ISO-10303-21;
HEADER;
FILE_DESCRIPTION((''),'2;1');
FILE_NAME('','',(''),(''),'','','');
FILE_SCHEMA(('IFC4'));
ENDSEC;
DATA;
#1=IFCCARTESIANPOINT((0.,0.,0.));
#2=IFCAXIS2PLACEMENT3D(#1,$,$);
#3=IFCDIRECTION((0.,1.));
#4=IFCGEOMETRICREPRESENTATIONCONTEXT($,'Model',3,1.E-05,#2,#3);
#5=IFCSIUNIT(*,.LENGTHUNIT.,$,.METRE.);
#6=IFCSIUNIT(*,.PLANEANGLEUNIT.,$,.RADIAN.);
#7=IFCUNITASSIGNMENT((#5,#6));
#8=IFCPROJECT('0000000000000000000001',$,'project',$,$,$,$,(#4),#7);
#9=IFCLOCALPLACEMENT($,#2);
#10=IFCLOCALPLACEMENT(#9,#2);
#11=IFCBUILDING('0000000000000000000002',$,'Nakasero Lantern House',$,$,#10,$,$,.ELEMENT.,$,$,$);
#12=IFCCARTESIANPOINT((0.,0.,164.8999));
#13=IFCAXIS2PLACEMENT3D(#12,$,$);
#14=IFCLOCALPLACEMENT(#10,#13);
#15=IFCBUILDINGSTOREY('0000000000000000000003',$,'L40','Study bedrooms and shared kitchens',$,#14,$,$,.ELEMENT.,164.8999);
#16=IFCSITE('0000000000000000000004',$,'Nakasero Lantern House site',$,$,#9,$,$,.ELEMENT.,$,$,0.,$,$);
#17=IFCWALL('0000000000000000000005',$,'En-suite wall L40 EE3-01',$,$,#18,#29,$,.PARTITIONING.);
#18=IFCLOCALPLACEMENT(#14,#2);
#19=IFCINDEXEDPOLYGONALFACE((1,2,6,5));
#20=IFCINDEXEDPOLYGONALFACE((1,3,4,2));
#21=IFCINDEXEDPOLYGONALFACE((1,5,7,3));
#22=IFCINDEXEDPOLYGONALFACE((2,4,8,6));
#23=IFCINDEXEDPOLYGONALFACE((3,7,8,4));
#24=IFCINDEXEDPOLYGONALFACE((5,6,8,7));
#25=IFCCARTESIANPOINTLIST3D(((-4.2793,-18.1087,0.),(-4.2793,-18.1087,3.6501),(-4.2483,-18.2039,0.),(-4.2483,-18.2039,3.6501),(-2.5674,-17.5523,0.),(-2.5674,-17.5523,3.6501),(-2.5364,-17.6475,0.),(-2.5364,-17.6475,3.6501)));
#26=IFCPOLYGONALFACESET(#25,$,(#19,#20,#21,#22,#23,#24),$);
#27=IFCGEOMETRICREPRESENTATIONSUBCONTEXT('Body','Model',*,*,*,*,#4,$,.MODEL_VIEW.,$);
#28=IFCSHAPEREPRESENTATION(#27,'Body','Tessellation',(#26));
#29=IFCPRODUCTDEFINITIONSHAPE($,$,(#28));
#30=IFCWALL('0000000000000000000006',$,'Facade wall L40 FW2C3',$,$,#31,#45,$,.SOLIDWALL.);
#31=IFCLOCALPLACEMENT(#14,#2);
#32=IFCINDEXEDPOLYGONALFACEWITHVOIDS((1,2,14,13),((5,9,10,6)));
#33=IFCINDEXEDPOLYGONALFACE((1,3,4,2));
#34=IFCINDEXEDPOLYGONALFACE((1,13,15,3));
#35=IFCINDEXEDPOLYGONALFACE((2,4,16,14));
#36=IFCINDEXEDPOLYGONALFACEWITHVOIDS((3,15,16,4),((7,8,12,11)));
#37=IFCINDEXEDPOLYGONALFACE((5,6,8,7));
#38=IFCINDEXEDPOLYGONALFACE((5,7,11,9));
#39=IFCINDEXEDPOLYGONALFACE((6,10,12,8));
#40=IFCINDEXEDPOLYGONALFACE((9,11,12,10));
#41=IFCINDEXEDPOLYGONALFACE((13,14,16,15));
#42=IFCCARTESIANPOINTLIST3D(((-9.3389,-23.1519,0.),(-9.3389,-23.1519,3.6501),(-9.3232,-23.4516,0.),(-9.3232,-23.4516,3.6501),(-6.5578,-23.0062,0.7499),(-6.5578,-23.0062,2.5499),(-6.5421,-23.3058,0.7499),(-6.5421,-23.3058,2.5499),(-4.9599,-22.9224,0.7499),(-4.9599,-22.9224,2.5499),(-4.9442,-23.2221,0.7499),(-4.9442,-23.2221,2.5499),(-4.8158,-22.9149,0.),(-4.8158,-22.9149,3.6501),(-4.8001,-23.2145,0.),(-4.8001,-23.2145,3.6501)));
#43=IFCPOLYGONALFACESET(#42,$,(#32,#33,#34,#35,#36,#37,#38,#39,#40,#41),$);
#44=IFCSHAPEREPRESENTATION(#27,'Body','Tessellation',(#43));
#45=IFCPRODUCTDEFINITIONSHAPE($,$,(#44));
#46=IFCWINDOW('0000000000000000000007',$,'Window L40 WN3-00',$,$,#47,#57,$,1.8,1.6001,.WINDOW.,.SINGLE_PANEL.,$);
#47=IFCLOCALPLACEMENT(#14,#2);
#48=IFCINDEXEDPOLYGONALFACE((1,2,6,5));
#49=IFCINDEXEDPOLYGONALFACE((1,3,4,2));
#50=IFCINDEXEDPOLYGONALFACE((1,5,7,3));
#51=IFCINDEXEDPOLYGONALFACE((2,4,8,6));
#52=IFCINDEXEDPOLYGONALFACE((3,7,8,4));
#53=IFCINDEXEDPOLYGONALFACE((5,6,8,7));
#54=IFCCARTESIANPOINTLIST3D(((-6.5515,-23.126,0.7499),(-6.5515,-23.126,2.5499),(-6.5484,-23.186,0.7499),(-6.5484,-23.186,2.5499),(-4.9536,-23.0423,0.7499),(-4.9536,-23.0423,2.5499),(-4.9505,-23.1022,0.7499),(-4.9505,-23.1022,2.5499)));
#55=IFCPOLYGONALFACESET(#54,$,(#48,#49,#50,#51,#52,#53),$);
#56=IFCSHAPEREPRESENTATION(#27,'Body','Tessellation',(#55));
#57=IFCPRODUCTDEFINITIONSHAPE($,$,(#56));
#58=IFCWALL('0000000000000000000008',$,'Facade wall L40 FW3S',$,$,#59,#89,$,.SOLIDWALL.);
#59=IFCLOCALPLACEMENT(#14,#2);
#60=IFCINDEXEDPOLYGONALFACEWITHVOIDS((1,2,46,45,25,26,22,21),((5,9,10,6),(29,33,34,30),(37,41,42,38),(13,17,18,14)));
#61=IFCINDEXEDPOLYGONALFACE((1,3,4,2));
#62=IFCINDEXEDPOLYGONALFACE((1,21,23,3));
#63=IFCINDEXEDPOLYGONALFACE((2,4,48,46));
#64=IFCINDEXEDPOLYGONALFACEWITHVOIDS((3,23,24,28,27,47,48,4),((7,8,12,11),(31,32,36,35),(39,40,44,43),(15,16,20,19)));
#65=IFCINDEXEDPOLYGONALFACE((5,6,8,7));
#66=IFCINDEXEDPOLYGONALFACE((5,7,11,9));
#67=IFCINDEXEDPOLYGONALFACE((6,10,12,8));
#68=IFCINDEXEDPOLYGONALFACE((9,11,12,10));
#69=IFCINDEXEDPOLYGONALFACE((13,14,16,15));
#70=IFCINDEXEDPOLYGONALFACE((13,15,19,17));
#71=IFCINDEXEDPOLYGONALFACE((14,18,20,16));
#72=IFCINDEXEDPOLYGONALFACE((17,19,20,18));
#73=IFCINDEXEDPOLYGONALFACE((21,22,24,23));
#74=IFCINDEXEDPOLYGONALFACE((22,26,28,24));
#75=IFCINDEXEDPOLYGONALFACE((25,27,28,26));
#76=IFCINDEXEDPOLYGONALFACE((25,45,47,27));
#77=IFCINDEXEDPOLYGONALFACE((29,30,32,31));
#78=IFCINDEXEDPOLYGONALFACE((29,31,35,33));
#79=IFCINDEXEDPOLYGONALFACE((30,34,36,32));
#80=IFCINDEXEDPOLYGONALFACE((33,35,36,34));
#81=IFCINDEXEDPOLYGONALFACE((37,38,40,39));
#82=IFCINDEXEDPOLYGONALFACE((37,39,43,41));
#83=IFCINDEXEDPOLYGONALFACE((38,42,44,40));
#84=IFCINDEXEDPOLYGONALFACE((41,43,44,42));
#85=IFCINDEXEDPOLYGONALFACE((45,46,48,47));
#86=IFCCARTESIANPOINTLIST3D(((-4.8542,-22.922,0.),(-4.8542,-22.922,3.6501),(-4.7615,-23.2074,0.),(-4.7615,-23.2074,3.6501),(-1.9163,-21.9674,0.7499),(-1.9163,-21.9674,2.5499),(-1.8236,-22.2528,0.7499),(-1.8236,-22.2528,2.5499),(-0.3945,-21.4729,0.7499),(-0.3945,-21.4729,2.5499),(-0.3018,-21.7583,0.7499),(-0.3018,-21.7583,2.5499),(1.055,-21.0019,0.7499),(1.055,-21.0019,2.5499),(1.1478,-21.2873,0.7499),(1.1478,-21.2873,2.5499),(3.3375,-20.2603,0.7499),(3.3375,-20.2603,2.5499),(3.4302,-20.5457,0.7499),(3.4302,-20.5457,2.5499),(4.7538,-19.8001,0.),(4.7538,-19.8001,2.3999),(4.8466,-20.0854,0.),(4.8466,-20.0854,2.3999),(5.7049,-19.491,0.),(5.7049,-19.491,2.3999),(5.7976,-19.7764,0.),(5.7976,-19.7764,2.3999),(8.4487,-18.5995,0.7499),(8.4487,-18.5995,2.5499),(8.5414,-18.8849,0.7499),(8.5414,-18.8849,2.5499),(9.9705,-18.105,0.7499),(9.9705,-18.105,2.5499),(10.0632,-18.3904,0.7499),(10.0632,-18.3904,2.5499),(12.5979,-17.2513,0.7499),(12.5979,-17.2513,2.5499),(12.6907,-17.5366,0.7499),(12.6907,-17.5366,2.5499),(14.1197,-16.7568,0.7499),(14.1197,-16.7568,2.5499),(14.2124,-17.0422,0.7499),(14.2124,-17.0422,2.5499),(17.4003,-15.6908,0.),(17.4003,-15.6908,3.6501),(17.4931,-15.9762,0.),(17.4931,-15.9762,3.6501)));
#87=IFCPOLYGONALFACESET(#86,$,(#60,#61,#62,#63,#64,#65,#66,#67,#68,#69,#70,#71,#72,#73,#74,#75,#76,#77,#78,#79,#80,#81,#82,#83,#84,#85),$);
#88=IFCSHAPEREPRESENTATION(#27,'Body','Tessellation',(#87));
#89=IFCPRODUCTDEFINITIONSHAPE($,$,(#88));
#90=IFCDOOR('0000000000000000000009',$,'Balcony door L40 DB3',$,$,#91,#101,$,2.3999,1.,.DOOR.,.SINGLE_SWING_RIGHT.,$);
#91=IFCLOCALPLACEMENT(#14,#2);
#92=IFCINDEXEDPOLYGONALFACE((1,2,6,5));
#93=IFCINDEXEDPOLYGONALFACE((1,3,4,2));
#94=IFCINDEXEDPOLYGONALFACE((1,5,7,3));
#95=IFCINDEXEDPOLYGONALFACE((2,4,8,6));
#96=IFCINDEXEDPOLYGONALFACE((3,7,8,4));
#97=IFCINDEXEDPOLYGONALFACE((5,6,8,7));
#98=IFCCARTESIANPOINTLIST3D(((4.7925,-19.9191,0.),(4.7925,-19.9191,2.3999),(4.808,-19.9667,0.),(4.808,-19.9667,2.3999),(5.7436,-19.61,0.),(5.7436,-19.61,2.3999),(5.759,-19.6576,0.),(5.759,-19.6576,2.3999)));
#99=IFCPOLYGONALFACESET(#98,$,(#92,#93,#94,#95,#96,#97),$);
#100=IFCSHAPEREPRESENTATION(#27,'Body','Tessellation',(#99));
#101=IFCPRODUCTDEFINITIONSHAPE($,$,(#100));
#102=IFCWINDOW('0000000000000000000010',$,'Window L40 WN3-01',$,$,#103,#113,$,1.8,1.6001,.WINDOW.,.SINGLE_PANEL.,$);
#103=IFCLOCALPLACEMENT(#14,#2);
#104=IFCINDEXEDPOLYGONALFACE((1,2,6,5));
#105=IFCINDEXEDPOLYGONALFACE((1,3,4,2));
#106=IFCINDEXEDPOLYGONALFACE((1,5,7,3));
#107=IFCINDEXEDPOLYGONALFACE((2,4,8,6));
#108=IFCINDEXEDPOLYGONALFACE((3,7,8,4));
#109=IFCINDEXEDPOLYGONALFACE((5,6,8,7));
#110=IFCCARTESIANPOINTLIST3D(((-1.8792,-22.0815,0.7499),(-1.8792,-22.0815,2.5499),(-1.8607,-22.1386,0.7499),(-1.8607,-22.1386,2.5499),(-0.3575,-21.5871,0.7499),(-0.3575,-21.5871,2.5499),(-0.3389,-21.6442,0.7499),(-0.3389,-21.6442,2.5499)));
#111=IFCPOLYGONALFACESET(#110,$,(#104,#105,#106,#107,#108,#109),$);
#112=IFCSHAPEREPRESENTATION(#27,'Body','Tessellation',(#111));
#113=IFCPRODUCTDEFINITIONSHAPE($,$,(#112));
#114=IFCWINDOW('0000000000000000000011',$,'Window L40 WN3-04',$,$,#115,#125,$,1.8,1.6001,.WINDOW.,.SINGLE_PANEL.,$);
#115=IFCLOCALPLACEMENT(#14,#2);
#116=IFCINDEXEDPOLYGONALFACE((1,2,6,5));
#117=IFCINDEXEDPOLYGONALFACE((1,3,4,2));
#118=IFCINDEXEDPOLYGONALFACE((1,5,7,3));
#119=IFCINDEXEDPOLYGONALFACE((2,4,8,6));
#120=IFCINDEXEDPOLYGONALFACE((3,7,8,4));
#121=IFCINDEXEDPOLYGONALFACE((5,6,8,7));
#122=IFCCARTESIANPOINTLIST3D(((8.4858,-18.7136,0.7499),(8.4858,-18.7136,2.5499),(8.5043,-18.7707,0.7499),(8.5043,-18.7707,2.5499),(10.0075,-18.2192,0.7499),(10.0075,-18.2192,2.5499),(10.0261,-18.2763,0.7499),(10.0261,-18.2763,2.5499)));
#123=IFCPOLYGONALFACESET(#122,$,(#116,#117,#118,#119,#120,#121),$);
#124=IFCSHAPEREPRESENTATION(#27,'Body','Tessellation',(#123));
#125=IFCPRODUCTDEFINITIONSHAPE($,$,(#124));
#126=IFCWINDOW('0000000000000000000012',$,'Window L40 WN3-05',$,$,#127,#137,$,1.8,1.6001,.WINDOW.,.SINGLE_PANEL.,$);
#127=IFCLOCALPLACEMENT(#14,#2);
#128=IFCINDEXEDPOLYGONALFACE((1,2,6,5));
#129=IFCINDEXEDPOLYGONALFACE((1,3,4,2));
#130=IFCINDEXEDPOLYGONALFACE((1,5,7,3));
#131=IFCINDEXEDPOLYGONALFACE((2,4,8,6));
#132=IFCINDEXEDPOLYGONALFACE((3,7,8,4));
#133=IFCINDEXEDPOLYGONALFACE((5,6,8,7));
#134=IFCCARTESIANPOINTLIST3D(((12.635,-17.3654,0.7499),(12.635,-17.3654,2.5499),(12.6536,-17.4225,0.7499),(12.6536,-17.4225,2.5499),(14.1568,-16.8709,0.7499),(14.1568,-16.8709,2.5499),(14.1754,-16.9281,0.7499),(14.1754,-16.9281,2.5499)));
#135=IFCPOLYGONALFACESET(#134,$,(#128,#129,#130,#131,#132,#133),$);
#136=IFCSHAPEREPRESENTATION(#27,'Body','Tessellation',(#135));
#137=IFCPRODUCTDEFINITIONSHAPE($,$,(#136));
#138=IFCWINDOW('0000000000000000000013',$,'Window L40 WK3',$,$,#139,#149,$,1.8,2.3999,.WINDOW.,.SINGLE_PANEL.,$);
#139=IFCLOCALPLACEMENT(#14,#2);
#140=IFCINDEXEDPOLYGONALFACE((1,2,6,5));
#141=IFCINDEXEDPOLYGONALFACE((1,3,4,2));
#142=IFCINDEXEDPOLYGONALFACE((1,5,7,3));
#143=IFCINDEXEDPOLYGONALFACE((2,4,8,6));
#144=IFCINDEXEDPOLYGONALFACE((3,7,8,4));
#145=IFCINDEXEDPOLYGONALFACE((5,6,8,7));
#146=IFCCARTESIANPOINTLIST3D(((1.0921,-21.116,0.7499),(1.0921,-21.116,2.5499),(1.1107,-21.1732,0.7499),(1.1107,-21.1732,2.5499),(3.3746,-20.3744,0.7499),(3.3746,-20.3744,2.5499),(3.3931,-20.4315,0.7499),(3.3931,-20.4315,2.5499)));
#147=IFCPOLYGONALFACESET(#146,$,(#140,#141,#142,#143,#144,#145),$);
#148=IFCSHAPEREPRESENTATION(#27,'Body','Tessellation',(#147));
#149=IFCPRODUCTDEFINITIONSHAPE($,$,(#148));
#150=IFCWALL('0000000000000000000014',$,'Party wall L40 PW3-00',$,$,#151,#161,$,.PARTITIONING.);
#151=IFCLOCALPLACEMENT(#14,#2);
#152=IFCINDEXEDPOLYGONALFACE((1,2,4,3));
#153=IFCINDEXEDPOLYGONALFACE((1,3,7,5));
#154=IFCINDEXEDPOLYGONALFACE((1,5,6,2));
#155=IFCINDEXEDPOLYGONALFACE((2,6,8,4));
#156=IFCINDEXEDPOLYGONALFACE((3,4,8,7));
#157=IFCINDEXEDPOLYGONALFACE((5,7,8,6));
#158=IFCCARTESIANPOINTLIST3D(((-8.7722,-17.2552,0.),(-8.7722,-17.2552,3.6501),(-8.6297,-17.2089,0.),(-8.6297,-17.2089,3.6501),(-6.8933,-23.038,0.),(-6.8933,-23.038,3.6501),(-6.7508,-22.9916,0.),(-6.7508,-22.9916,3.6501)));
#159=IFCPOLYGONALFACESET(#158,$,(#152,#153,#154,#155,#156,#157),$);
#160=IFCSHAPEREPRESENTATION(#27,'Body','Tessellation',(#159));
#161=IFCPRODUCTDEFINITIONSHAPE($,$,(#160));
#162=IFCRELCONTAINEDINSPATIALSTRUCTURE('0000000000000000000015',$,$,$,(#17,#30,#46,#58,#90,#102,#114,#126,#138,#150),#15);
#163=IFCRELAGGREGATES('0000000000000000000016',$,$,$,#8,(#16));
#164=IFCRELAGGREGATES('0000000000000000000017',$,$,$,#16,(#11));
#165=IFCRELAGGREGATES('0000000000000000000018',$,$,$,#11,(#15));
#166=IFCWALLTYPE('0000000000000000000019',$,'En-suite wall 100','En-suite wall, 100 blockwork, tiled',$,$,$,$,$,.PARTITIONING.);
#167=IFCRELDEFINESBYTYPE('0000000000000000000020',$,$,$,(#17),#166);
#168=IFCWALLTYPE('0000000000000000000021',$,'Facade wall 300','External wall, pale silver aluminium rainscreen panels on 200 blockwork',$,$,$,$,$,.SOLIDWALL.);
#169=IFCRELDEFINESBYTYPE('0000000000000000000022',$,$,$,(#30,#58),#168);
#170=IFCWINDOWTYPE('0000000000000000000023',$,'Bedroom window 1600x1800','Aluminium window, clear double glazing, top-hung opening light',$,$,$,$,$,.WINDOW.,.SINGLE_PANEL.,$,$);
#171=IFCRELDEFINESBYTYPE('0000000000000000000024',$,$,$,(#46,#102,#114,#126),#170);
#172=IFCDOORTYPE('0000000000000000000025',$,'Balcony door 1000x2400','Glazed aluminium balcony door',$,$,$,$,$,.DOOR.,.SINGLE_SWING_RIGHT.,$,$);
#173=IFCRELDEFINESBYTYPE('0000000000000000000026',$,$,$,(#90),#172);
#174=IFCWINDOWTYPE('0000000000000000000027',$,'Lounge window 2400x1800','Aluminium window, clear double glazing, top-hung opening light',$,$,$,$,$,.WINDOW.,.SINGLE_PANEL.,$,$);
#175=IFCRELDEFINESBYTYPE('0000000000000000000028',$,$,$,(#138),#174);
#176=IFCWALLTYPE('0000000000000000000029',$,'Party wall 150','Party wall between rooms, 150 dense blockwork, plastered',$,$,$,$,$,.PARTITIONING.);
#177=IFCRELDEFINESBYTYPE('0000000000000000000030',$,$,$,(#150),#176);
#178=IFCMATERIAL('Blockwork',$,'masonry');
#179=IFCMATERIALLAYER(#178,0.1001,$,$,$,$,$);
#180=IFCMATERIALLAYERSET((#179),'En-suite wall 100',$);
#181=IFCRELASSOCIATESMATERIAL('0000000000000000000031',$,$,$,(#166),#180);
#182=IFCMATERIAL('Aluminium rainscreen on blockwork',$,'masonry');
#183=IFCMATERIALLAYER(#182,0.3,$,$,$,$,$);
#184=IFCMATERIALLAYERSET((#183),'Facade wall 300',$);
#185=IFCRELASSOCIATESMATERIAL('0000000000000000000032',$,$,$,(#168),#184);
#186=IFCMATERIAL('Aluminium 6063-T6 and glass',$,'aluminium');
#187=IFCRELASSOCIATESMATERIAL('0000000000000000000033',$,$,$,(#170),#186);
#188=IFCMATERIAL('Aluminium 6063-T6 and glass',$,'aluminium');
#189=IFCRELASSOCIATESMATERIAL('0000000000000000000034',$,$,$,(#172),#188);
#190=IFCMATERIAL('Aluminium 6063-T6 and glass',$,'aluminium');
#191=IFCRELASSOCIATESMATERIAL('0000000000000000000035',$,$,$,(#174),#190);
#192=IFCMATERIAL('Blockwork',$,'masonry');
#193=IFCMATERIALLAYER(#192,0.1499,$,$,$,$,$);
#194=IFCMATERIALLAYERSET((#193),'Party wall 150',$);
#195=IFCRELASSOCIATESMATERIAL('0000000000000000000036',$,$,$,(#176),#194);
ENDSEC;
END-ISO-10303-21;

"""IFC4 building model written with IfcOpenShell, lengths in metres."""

from ifc_helpers import new_model, si_unit, direction, frame, frame_2d, origin, place, context, subcontext, project, spatial, rectangle, extrude, material, layer, layer_set, type_object, element, fill, save


model = new_model("IFC4")

# Units and contexts
model_context = context("Model", 3, precision=1e-05, world=origin(), true_north=direction((0.0, 1.0)))
body_context = subcontext(model_context, "Body", "Model", "MODEL_VIEW")
ifc_project = project(units=[si_unit("LENGTHUNIT", "METRE"), si_unit("PLANEANGLEUNIT", "RADIAN")], contexts=[model_context])

# Site, building, storey
site_placement = place(None, origin())
site = spatial("IfcSite", under=ifc_project, at=site_placement, Name="Nakasero Lantern House site", CompositionType="ELEMENT", RefElevation=0.0)
building_placement = place(site_placement, origin())
building = spatial("IfcBuilding", under=site, at=building_placement, Name="Nakasero Lantern House", CompositionType="ELEMENT")
storey_placement = place(building_placement, frame((0.0, 0.0, 164.8999)))
storey = spatial("IfcBuildingStorey", under=building, at=storey_placement, Name="L40", Description="Study bedrooms and shared kitchens", CompositionType="ELEMENT", Elevation=164.8999)

# Wall
ifc_material_1 = material(Name="Blockwork", Category="masonry")
ifc_layer_1 = layer(ifc_material_1, 0.1001)
ifc_layer_set_1 = layer_set([ifc_layer_1], Name="En-suite wall 100")
wall_type_1 = type_object("IfcWallType", Name="En-suite wall 100", Description="En-suite wall, 100 blockwork, tiled", PredefinedType="PARTITIONING", material=ifc_layer_set_1)
wall_1_placement = place(storey_placement, frame((-4.2637, -18.1562, 0.0), z_axis=(0.0, 0.0, 1.0), x_axis=(0.95103, 0.309098, 0.0)))
element("IfcWall", 1, at=wall_1_placement, inside=storey, type_object=wall_type_1, Name="En-suite wall L40 EE3-01", PredefinedType="PARTITIONING", context=body_context, shape_type="SweptSolid", body=[
    extrude(rectangle(XDim=1.8, YDim=0.1001, at=frame_2d((0.8999, 0.0))), origin(), (0.0, 0.0, 1.0), 3.6501),
])

# Wall, opening, window
ifc_material_2 = material(Name="Aluminium rainscreen on blockwork", Category="masonry")
ifc_layer_2 = layer(ifc_material_2, 0.3)
ifc_layer_set_2 = layer_set([ifc_layer_2], Name="Facade wall 300")
wall_type_2 = type_object("IfcWallType", Name="Facade wall 300", Description="External wall, pale silver aluminium rainscreen panels on 200 blockwork", PredefinedType="SOLIDWALL", material=ifc_layer_set_2)
wall_2_placement = place(storey_placement, frame((-9.3311, -23.3018, 0.0), z_axis=(0.0, 0.0, 1.0), x_axis=(0.998629, 0.052338, 0.0)))
wall_2 = element("IfcWall", 2, at=wall_2_placement, inside=storey, type_object=wall_type_2, Name="Facade wall L40 FW2C3", PredefinedType="SOLIDWALL", context=body_context, shape_type="SweptSolid", body=[
    extrude(rectangle(XDim=4.5293, YDim=0.3, at=frame_2d((2.2646, 0.0))), origin(), (0.0, 0.0, 1.0), 3.6501),
])
opening_1_placement = place(wall_2_placement, frame((2.7849, 0.0, 0.75)))
opening_1 = element("IfcOpeningElement", 3, at=opening_1_placement, cuts=wall_2, PredefinedType="OPENING", context=body_context, shape_type="SweptSolid", body=[
    extrude(rectangle(XDim=1.6001, YDim=1.8, at=frame_2d((0.8, 0.8999))), frame((0.0, 0.1699, 0.0), z_axis=(0.0, -1.0, 0.0), x_axis=(1.0, 0.0, 0.0)), (0.0, 0.0, 1.0), 0.3401),
])
ifc_material_3 = material(Name="Aluminium 6063-T6 and glass", Category="aluminium")
window_type_1 = type_object("IfcWindowType", Name="Bedroom window 1600x1800", Description="Aluminium window, clear double glazing, top-hung opening light", PartitioningType="SINGLE_PANEL", PredefinedType="WINDOW", material=ifc_material_3)
window_1_placement = place(opening_1_placement, origin())
window_1 = element("IfcWindow", 4, at=window_1_placement, inside=storey, type_object=window_type_1, Name="Window L40 WN3-00", OverallHeight=1.8, OverallWidth=1.6001, PartitioningType="SINGLE_PANEL", PredefinedType="WINDOW", context=body_context, shape_type="SweptSolid", body=[
    extrude(rectangle(XDim=1.6001, YDim=1.8, at=frame_2d((0.8, 0.8999))), frame((0.0, 0.03, 0.0), z_axis=(0.0, -1.0, 0.0), x_axis=(1.0, 0.0, 0.0)), (0.0, 0.0, 1.0), 0.0601),
])
fill(opening_1, window_1)

# Wall, openings, door, windows
wall_3_placement = place(storey_placement, frame((-4.8079, -23.0647, 0.0), z_axis=(0.0, 0.0, 1.0), x_axis=(0.951054, 0.309026, 0.0)))
wall_3 = element("IfcWall", 5, at=wall_3_placement, inside=storey, type_object=wall_type_2, Name="Facade wall L40 FW3S", PredefinedType="SOLIDWALL", context=body_context, shape_type="SweptSolid", body=[
    extrude(rectangle(XDim=23.3999, YDim=0.3, at=frame_2d((11.7, 0.0))), origin(), (0.0, 0.0, 1.0), 3.6501),
])
opening_2_placement = place(wall_3_placement, frame((3.0891, 0.0, 0.75)))
opening_2 = element("IfcOpeningElement", 6, at=opening_2_placement, cuts=wall_3, PredefinedType="OPENING", context=body_context, shape_type="SweptSolid", body=[
    extrude(rectangle(XDim=1.6001, YDim=1.8, at=frame_2d((0.8, 0.8999))), frame((0.0, 0.1699, 0.0), z_axis=(0.0, -1.0, 0.0), x_axis=(1.0, 0.0, 0.0)), (0.0, 0.0, 1.0), 0.3401),
])
opening_3_placement = place(wall_3_placement, frame((13.9875, 0.0, 0.75)))
opening_3 = element("IfcOpeningElement", 7, at=opening_3_placement, cuts=wall_3, PredefinedType="OPENING", context=body_context, shape_type="SweptSolid", body=[
    extrude(rectangle(XDim=1.6001, YDim=1.8, at=frame_2d((0.8, 0.8999))), frame((0.0, 0.1699, 0.0), z_axis=(0.0, -1.0, 0.0), x_axis=(1.0, 0.0, 0.0)), (0.0, 0.0, 1.0), 0.3401),
])
opening_4_placement = place(wall_3_placement, frame((18.3503, 0.0, 0.75)))
opening_4 = element("IfcOpeningElement", 8, at=opening_4_placement, cuts=wall_3, PredefinedType="OPENING", context=body_context, shape_type="SweptSolid", body=[
    extrude(rectangle(XDim=1.6001, YDim=1.8, at=frame_2d((0.8, 0.8999))), frame((0.0, 0.1699, 0.0), z_axis=(0.0, -1.0, 0.0), x_axis=(1.0, 0.0, 0.0)), (0.0, 0.0, 1.0), 0.3401),
])
opening_5_placement = place(wall_3_placement, frame((6.2134, 0.0, 0.75)))
opening_5 = element("IfcOpeningElement", 9, at=opening_5_placement, cuts=wall_3, PredefinedType="OPENING", context=body_context, shape_type="SweptSolid", body=[
    extrude(rectangle(XDim=2.3999, YDim=1.8, at=frame_2d((1.2, 0.8999))), frame((0.0, 0.1699, 0.0), z_axis=(0.0, -1.0, 0.0), x_axis=(1.0, 0.0, 0.0)), (0.0, 0.0, 1.0), 0.3401),
])
opening_6_placement = place(wall_3_placement, frame((10.1025, 0.0, 0.0)))
opening_6 = element("IfcOpeningElement", 10, at=opening_6_placement, cuts=wall_3, PredefinedType="OPENING", context=body_context, shape_type="SweptSolid", body=[
    extrude(rectangle(XDim=1.0, YDim=2.3999, at=frame_2d((0.5, 1.2))), frame((0.0, 0.1699, 0.0), z_axis=(0.0, -1.0, 0.0), x_axis=(1.0, 0.0, 0.0)), (0.0, 0.0, 1.0), 0.3401),
])
ifc_material_4 = material(Name="Aluminium 6063-T6 and glass", Category="aluminium")
door_type_1 = type_object("IfcDoorType", Name="Balcony door 1000x2400", Description="Glazed aluminium balcony door", OperationType="SINGLE_SWING_RIGHT", PredefinedType="DOOR", material=ifc_material_4)
door_1_placement = place(opening_6_placement, origin())
door_1 = element("IfcDoor", 11, at=door_1_placement, inside=storey, type_object=door_type_1, Name="Balcony door L40 DB3", OperationType="SINGLE_SWING_RIGHT", OverallHeight=2.3999, OverallWidth=1.0, PredefinedType="DOOR", context=body_context, shape_type="SweptSolid", body=[
    extrude(rectangle(XDim=1.0, YDim=2.3999, at=frame_2d((0.5, 1.2))), frame((0.0, 0.0249, 0.0), z_axis=(0.0, -1.0, 0.0), x_axis=(1.0, 0.0, 0.0)), (0.0, 0.0, 1.0), 0.05),
])
fill(opening_6, door_1)
window_2_placement = place(opening_2_placement, origin())
window_2 = element("IfcWindow", 12, at=window_2_placement, inside=storey, type_object=window_type_1, Name="Window L40 WN3-01", OverallHeight=1.8, OverallWidth=1.6001, PartitioningType="SINGLE_PANEL", PredefinedType="WINDOW", context=body_context, shape_type="SweptSolid", body=[
    extrude(rectangle(XDim=1.6001, YDim=1.8, at=frame_2d((0.8, 0.8999))), frame((0.0, 0.03, 0.0), z_axis=(0.0, -1.0, 0.0), x_axis=(1.0, 0.0, 0.0)), (0.0, 0.0, 1.0), 0.0601),
])
fill(opening_2, window_2)
window_3_placement = place(opening_3_placement, origin())
window_3 = element("IfcWindow", 13, at=window_3_placement, inside=storey, type_object=window_type_1, Name="Window L40 WN3-04", OverallHeight=1.8, OverallWidth=1.6001, PartitioningType="SINGLE_PANEL", PredefinedType="WINDOW", context=body_context, shape_type="SweptSolid", body=[
    extrude(rectangle(XDim=1.6001, YDim=1.8, at=frame_2d((0.8, 0.8999))), frame((0.0, 0.03, 0.0), z_axis=(0.0, -1.0, 0.0), x_axis=(1.0, 0.0, 0.0)), (0.0, 0.0, 1.0), 0.0601),
])
fill(opening_3, window_3)
window_4_placement = place(opening_4_placement, origin())
window_4 = element("IfcWindow", 14, at=window_4_placement, inside=storey, type_object=window_type_1, Name="Window L40 WN3-05", OverallHeight=1.8, OverallWidth=1.6001, PartitioningType="SINGLE_PANEL", PredefinedType="WINDOW", context=body_context, shape_type="SweptSolid", body=[
    extrude(rectangle(XDim=1.6001, YDim=1.8, at=frame_2d((0.8, 0.8999))), frame((0.0, 0.03, 0.0), z_axis=(0.0, -1.0, 0.0), x_axis=(1.0, 0.0, 0.0)), (0.0, 0.0, 1.0), 0.0601),
])
fill(opening_4, window_4)
ifc_material_5 = material(Name="Aluminium 6063-T6 and glass", Category="aluminium")
window_type_2 = type_object("IfcWindowType", Name="Lounge window 2400x1800", Description="Aluminium window, clear double glazing, top-hung opening light", PartitioningType="SINGLE_PANEL", PredefinedType="WINDOW", material=ifc_material_5)
window_5_placement = place(opening_5_placement, origin())
window_5 = element("IfcWindow", 15, at=window_5_placement, inside=storey, type_object=window_type_2, Name="Window L40 WK3", OverallHeight=1.8, OverallWidth=2.3999, PartitioningType="SINGLE_PANEL", PredefinedType="WINDOW", context=body_context, shape_type="SweptSolid", body=[
    extrude(rectangle(XDim=2.3999, YDim=1.8, at=frame_2d((1.2, 0.8999))), frame((0.0, 0.03, 0.0), z_axis=(0.0, -1.0, 0.0), x_axis=(1.0, 0.0, 0.0)), (0.0, 0.0, 1.0), 0.0601),
])
fill(opening_5, window_5)

# Wall
ifc_material_6 = material(Name="Blockwork", Category="masonry")
ifc_layer_3 = layer(ifc_material_6, 0.1499)
ifc_layer_set_3 = layer_set([ifc_layer_3], Name="Party wall 150")
wall_type_3 = type_object("IfcWallType", Name="Party wall 150", Description="Party wall between rooms, 150 dense blockwork, plastered", PredefinedType="PARTITIONING", material=ifc_layer_set_3)
wall_4_placement = place(storey_placement, frame((-8.7009, -17.2322, 0.0), z_axis=(0.0, 0.0, 1.0), x_axis=(0.309015, -0.951057, 0.0)))
element("IfcWall", 16, at=wall_4_placement, inside=storey, type_object=wall_type_3, Name="Party wall L40 PW3-00", PredefinedType="PARTITIONING", context=body_context, shape_type="SweptSolid", body=[
    extrude(rectangle(XDim=6.0803, YDim=0.1499, at=frame_2d((3.04, 0.0))), origin(), (0.0, 0.0, 1.0), 3.6501),
])

save(model, "model.ifc")
